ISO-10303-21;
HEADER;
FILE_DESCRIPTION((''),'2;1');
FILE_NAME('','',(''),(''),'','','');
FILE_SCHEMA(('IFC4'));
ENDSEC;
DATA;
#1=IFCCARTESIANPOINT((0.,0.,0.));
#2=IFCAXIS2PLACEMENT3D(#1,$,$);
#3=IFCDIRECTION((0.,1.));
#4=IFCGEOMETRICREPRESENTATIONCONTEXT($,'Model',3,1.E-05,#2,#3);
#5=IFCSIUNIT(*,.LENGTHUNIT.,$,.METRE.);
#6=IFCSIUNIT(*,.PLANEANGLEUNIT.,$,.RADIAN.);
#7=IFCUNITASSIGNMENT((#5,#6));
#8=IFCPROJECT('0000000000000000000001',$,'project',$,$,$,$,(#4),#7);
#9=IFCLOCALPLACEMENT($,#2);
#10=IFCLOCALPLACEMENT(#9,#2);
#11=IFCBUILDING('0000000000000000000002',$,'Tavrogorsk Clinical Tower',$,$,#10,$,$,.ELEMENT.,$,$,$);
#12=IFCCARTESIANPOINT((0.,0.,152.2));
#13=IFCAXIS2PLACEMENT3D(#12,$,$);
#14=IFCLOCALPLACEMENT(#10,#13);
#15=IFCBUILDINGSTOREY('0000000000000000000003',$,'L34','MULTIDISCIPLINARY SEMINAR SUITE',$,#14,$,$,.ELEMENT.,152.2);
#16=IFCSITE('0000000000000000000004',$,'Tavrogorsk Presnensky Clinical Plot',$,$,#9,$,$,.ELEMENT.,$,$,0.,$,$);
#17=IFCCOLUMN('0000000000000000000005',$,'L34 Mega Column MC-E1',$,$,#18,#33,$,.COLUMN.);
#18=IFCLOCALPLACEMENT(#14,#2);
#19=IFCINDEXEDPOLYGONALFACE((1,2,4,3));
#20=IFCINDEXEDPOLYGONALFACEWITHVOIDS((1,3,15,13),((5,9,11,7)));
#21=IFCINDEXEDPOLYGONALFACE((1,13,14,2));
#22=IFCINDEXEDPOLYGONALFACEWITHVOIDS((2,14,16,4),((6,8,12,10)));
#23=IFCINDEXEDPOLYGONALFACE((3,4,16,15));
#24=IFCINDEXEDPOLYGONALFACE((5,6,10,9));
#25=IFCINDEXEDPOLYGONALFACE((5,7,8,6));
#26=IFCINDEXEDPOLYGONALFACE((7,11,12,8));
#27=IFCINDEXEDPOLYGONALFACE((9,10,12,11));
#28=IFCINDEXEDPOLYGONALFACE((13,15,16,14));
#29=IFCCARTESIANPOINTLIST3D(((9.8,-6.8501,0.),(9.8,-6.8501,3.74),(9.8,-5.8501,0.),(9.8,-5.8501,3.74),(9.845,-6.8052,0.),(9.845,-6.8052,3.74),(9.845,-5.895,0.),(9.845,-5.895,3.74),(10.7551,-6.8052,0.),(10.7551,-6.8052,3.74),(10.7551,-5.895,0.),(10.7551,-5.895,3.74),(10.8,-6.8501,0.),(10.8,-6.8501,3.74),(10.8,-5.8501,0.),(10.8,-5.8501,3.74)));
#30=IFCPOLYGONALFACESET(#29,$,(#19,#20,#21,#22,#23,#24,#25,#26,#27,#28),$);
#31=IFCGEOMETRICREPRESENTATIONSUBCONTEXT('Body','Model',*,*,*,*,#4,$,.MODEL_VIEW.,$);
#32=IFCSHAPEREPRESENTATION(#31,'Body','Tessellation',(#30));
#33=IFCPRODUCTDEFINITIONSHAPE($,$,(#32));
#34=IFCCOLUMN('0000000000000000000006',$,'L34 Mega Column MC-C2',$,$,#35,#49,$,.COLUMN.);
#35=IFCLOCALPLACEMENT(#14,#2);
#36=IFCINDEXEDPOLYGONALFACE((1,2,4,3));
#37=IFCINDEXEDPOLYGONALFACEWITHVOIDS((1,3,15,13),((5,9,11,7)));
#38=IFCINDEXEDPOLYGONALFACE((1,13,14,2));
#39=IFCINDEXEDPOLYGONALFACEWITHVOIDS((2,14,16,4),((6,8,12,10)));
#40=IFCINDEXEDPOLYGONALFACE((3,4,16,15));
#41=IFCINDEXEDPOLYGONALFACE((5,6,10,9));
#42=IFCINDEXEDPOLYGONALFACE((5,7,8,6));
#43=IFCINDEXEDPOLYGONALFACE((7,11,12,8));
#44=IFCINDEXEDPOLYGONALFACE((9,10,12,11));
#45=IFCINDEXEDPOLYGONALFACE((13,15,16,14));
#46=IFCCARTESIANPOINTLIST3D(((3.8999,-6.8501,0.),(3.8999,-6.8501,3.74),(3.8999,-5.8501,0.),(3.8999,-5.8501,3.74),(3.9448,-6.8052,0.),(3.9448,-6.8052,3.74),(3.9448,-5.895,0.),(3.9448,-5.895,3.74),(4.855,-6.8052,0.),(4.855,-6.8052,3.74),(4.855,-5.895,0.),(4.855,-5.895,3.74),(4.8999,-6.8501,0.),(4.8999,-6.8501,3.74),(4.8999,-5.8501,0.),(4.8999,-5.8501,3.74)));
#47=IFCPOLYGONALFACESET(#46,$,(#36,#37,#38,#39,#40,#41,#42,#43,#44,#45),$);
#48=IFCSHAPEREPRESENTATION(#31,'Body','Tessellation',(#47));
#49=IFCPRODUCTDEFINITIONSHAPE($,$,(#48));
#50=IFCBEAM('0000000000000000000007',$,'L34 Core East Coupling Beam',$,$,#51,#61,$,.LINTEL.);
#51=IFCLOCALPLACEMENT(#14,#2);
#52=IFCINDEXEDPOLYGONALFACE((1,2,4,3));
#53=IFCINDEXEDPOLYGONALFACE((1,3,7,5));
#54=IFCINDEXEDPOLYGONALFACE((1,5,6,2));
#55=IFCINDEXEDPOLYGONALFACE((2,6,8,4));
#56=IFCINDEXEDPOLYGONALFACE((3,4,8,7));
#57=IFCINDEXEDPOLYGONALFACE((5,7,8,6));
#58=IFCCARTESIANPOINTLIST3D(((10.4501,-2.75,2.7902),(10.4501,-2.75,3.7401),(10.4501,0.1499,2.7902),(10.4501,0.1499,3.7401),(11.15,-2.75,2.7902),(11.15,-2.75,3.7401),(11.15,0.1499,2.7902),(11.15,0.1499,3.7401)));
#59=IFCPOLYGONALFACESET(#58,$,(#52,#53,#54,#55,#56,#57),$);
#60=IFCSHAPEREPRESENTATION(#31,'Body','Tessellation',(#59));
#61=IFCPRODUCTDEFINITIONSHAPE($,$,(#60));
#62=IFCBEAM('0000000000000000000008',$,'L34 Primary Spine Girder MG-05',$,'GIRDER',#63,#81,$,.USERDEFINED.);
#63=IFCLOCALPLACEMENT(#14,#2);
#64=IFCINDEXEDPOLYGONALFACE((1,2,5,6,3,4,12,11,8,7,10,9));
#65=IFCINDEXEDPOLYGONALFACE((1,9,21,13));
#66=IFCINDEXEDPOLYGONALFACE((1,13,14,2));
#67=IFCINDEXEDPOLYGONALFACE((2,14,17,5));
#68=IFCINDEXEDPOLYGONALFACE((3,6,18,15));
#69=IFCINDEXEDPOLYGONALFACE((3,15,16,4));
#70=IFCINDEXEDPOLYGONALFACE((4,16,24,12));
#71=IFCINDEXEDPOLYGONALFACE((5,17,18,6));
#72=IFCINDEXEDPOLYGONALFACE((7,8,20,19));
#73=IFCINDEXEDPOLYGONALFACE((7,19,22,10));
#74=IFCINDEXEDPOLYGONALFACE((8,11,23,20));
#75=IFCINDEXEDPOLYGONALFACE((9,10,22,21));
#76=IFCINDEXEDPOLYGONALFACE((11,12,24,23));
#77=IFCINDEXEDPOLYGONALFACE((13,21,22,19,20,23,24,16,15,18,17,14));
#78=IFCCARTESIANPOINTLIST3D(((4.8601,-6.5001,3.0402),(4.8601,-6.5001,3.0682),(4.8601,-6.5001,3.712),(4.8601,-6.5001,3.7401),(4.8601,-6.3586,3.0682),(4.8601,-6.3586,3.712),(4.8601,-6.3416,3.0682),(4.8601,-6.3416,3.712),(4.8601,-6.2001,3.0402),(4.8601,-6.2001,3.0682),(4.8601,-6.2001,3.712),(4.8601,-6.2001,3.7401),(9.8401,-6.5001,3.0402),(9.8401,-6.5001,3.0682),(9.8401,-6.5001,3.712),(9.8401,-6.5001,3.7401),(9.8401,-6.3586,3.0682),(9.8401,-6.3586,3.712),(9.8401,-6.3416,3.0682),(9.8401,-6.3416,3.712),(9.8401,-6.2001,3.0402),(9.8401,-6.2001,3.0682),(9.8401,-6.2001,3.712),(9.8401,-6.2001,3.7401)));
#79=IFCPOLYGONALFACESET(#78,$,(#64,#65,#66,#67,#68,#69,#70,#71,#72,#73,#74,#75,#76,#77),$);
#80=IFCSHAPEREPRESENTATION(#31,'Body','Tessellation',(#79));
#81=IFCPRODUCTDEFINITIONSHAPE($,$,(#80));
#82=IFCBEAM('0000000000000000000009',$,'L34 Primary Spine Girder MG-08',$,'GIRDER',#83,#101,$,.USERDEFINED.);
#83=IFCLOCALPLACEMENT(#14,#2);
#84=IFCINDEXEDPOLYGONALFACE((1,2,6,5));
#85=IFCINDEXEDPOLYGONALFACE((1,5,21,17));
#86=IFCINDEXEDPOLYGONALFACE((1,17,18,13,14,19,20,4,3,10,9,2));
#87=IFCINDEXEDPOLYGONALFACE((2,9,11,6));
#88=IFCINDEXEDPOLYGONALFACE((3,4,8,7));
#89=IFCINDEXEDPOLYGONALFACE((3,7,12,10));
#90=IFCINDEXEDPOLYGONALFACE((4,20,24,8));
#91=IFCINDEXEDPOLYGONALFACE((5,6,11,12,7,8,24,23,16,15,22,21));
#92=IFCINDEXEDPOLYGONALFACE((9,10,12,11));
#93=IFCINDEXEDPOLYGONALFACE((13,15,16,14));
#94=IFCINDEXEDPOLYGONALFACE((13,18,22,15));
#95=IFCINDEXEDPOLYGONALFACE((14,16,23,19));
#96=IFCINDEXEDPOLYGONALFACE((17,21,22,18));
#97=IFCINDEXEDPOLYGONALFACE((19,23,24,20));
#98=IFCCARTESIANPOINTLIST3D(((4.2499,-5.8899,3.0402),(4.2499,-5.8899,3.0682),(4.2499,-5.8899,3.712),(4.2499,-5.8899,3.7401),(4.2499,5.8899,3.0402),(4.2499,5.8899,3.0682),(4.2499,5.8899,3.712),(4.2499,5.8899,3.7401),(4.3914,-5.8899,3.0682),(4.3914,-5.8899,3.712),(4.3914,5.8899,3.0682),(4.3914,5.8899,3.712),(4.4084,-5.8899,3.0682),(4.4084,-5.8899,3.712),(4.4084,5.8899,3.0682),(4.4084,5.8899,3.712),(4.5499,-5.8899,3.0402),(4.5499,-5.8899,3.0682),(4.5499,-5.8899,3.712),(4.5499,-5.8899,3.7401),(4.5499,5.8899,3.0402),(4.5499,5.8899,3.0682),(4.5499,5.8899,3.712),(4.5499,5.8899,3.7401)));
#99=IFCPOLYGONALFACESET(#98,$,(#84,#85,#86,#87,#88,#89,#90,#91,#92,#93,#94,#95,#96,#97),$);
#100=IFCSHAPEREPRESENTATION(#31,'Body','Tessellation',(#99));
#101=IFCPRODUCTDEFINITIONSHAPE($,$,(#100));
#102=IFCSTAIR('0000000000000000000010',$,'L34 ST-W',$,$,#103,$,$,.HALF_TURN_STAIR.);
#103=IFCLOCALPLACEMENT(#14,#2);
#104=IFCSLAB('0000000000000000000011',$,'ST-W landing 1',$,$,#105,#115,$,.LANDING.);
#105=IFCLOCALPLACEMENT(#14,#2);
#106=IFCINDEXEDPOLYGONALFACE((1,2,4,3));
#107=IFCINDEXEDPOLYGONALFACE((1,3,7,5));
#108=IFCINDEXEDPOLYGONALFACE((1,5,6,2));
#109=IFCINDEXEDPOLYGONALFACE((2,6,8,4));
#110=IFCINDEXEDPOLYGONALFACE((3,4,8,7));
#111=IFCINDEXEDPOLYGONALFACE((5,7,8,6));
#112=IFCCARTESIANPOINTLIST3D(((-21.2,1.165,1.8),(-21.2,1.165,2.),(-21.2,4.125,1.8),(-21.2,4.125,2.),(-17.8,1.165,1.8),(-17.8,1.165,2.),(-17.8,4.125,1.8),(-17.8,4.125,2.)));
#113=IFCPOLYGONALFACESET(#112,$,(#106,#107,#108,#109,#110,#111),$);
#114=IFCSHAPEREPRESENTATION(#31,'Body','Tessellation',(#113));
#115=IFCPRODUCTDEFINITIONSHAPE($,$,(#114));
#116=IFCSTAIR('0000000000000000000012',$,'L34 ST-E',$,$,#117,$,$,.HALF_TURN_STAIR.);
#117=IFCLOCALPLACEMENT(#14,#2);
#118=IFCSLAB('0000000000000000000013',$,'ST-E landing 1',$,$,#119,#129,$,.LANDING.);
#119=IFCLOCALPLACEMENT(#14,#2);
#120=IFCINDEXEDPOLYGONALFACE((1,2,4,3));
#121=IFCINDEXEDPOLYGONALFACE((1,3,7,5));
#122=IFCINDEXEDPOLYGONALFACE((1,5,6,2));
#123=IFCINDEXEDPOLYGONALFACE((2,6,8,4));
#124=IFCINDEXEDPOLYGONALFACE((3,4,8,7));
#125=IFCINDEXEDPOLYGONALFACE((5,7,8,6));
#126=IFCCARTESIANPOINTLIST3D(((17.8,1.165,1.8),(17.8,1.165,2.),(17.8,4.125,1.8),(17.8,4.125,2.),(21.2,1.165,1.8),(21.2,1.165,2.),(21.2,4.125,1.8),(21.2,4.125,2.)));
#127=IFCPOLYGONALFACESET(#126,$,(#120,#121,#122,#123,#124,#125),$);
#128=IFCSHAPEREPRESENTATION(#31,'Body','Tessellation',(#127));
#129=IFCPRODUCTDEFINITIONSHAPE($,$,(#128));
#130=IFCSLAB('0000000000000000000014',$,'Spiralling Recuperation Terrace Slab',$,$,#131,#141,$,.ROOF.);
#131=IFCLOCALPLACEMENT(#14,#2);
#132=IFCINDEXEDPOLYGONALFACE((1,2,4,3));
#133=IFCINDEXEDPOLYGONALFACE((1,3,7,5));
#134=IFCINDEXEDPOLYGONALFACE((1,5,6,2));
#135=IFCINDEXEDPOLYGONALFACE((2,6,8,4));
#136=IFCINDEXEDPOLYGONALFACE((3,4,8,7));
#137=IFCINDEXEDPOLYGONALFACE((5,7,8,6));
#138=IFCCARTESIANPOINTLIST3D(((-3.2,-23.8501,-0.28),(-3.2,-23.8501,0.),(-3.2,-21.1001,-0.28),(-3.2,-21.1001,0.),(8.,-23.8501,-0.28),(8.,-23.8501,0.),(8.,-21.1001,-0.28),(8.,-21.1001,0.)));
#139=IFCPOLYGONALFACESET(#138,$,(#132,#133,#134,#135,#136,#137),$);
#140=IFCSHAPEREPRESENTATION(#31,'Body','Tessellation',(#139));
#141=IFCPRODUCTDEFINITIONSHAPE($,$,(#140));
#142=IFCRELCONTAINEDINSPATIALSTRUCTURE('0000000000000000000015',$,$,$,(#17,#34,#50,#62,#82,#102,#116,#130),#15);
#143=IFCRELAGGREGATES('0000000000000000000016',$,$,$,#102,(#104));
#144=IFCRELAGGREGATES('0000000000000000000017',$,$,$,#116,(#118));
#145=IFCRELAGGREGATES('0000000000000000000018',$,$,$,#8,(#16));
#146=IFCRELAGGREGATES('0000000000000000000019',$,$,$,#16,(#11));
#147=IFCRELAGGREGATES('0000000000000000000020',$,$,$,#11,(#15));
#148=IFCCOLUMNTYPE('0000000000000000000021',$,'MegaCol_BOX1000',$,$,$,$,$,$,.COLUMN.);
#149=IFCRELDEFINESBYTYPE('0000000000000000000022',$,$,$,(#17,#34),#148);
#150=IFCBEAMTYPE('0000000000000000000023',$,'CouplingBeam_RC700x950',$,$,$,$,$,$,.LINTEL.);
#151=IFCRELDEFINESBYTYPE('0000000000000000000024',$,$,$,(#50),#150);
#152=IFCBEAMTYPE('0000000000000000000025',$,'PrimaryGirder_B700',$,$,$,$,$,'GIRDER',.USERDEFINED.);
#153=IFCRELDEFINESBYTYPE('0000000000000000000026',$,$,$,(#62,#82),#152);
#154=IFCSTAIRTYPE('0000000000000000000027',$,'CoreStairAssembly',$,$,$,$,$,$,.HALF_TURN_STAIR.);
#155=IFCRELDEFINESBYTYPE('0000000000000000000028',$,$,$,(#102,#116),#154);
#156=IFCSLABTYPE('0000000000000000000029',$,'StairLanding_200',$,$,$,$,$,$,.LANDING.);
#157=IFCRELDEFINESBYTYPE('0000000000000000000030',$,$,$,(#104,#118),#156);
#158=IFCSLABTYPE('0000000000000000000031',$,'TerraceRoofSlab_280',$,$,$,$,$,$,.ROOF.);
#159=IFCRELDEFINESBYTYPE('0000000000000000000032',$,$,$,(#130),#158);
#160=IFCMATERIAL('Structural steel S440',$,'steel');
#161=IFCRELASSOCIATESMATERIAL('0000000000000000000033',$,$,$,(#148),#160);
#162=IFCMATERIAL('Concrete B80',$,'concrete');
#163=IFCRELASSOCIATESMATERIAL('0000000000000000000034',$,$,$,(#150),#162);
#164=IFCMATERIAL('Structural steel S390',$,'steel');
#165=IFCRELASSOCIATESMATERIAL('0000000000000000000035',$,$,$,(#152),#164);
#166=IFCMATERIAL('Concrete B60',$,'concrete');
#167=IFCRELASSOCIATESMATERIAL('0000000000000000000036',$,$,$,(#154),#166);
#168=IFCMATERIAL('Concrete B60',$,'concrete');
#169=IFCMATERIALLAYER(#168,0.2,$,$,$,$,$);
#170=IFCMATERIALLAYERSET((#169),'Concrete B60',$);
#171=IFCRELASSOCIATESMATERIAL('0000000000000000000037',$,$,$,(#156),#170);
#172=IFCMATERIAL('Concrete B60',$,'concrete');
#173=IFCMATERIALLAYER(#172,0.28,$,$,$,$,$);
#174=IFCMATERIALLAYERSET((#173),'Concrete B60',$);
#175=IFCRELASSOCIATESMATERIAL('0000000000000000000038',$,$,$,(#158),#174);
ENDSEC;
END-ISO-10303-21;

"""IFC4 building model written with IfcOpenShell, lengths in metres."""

from ifc_helpers import new_model, si_unit, direction, frame, origin, origin_2d, place, context, subcontext, project, spatial, polyline, rectangle, hollow_rectangle, i_section, outline, extrude, material, layer, layer_set, material_profile, profile_set, type_object, element, aggregate, save


model = new_model("IFC4")

# Units and contexts
model_context = context("Model", 3, precision=1e-05, world=origin(), true_north=direction((0.0, 1.0)))
body_context = subcontext(model_context, "Body", "Model", "MODEL_VIEW")
ifc_project = project(units=[si_unit("LENGTHUNIT", "METRE"), si_unit("PLANEANGLEUNIT", "RADIAN")], contexts=[model_context])

# Site, building, storey
site_placement = place(None, origin())
site = spatial("IfcSite", under=ifc_project, at=site_placement, Name="Tavrogorsk Presnensky Clinical Plot", CompositionType="ELEMENT", RefElevation=0.0)
building_placement = place(site_placement, origin())
building = spatial("IfcBuilding", under=site, at=building_placement, Name="Tavrogorsk Clinical Tower", CompositionType="ELEMENT")
storey_placement = place(building_placement, frame((0.0, 0.0, 152.2)))
storey = spatial("IfcBuildingStorey", under=building, at=storey_placement, Name="L34", Description="MULTIDISCIPLINARY SEMINAR SUITE", CompositionType="ELEMENT", Elevation=152.2)

# Columns
ifc_material_1 = material(Name="Structural steel S440", Category="steel")
ifc_material_profile_1 = material_profile(ifc_material_1, hollow_rectangle(XDim=1.0, YDim=1.0, WallThickness=0.0449, at=origin_2d()), Name="BOX-1000x1000x45")
ifc_profile_set_1 = profile_set([ifc_material_profile_1], Name="Structural steel S440")
column_type = type_object("IfcColumnType", Name="MegaCol_BOX1000", PredefinedType="COLUMN", material=ifc_profile_set_1)
for number, where, z_axis, x_axis, name in (
    (1, (10.3, -6.3501, 0.0), (0.0, 0.0, 1.0), (1.0, 0.0, 0.0), "L34 Mega Column MC-E1"),
    (2, (4.3999, -6.3501, 0.0), (0.0, 0.0, 1.0), (1.0, 0.0, 0.0), "L34 Mega Column MC-C2"),
):
    element("IfcColumn", number, at=place(storey_placement, frame(where, z_axis=z_axis, x_axis=x_axis)), inside=storey, type_object=column_type, Name=name, PredefinedType="COLUMN", context=body_context, shape_type="SweptSolid", body=[
        extrude(hollow_rectangle(XDim=1.0, YDim=1.0, WallThickness=0.0449, at=origin_2d()), origin(), (0.0, 0.0, 1.0), 3.74),
    ])

# Beams
ifc_material_2 = material(Name="Concrete B80", Category="concrete")
ifc_material_profile_2 = material_profile(ifc_material_2, rectangle(XDim=0.7, YDim=0.95, at=origin_2d()), Name="RC-CB-700x950")
ifc_profile_set_2 = profile_set([ifc_material_profile_2], Name="Concrete B80")
beam_type_1 = type_object("IfcBeamType", Name="CouplingBeam_RC700x950", PredefinedType="LINTEL", material=ifc_profile_set_2)
beam_1_placement = place(storey_placement, frame((10.8, -2.75, 3.2651), z_axis=(0.0, 1.0, 0.0), x_axis=(-1.0, 0.0, 0.0)))
element("IfcBeam", 3, at=beam_1_placement, inside=storey, type_object=beam_type_1, Name="L34 Core East Coupling Beam", PredefinedType="LINTEL", context=body_context, shape_type="SweptSolid", body=[
    extrude(rectangle(XDim=0.7, YDim=0.95, at=origin_2d()), origin(), (0.0, 0.0, 1.0), 2.8999),
])
ifc_material_3 = material(Name="Structural steel S390", Category="steel")
ifc_material_profile_3 = material_profile(ifc_material_3, i_section(OverallWidth=0.3, OverallDepth=0.7, WebThickness=0.0171, FlangeThickness=0.0281, at=origin_2d()), Name="B-700x300x17x28")
ifc_profile_set_3 = profile_set([ifc_material_profile_3], Name="Structural steel S390")
beam_type_2 = type_object("IfcBeamType", Name="PrimaryGirder_B700", ElementType="GIRDER", PredefinedType="USERDEFINED", material=ifc_profile_set_3)
beam_2_placement = place(storey_placement, frame((4.8601, -6.3501, 3.3901), z_axis=(1.0, 0.0, 0.0), x_axis=(0.0, 1.0, 0.0)))
element("IfcBeam", 4, at=beam_2_placement, inside=storey, type_object=beam_type_2, Name="L34 Primary Spine Girder MG-05", ObjectType="GIRDER", PredefinedType="USERDEFINED", context=body_context, shape_type="SweptSolid", body=[
    extrude(i_section(OverallWidth=0.3, OverallDepth=0.7, WebThickness=0.0171, FlangeThickness=0.0281, at=origin_2d()), origin(), (0.0, 0.0, 1.0), 4.98),
])
beam_3_placement = place(storey_placement, frame((4.3999, -5.8899, 3.3901), z_axis=(0.0, 1.0, 0.0), x_axis=(-1.0, 0.0, 0.0)))
element("IfcBeam", 5, at=beam_3_placement, inside=storey, type_object=beam_type_2, Name="L34 Primary Spine Girder MG-08", ObjectType="GIRDER", PredefinedType="USERDEFINED", context=body_context, shape_type="SweptSolid", body=[
    extrude(i_section(OverallWidth=0.3, OverallDepth=0.7, WebThickness=0.0171, FlangeThickness=0.0281, at=origin_2d()), origin(), (0.0, 0.0, 1.0), 11.7798),
])

# Stairs, slabs
ifc_material_4 = material(Name="Concrete B60", Category="concrete")
stair_type = type_object("IfcStairType", Name="CoreStairAssembly", PredefinedType="HALF_TURN_STAIR", material=ifc_material_4)
stair_1_placement = place(storey_placement, origin())
stair_1 = element("IfcStair", 6, at=stair_1_placement, inside=storey, type_object=stair_type, Name="L34 ST-W", PredefinedType="HALF_TURN_STAIR")
ifc_material_5 = material(Name="Concrete B60", Category="concrete")
ifc_layer_1 = layer(ifc_material_5, 0.2)
ifc_layer_set_1 = layer_set([ifc_layer_1], Name="Concrete B60")
slab_type_1 = type_object("IfcSlabType", Name="StairLanding_200", PredefinedType="LANDING", material=ifc_layer_set_1)
slab_1_placement = place(storey_placement, frame((0.0, 0.0, 1.8)))
slab_1 = element("IfcSlab", 7, at=slab_1_placement, type_object=slab_type_1, Name="ST-W landing 1", PredefinedType="LANDING", context=body_context, shape_type="SweptSolid", body=[
    extrude(outline(polyline([(-17.8, 1.165), (-17.8, 4.125), (-21.2, 4.125), (-21.2, 1.165), (-17.8, 1.165)])), origin(), (0.0, 0.0, 1.0), 0.2),
])
aggregate(stair_1, [slab_1])
stair_2_placement = place(storey_placement, origin())
stair_2 = element("IfcStair", 8, at=stair_2_placement, inside=storey, type_object=stair_type, Name="L34 ST-E", PredefinedType="HALF_TURN_STAIR")
slab_2_placement = place(storey_placement, frame((0.0, 0.0, 1.8)))
slab_2 = element("IfcSlab", 9, at=slab_2_placement, type_object=slab_type_1, Name="ST-E landing 1", PredefinedType="LANDING", context=body_context, shape_type="SweptSolid", body=[
    extrude(outline(polyline([(21.2, 1.165), (21.2, 4.125), (17.8, 4.125), (17.8, 1.165), (21.2, 1.165)])), origin(), (0.0, 0.0, 1.0), 0.2),
])
aggregate(stair_2, [slab_2])

# Slab
ifc_material_6 = material(Name="Concrete B60", Category="concrete")
ifc_layer_2 = layer(ifc_material_6, 0.28)
ifc_layer_set_2 = layer_set([ifc_layer_2], Name="Concrete B60")
slab_type_2 = type_object("IfcSlabType", Name="TerraceRoofSlab_280", PredefinedType="ROOF", material=ifc_layer_set_2)
slab_3_placement = place(storey_placement, frame((0.0, 0.0, -0.28)))
element("IfcSlab", 10, at=slab_3_placement, inside=storey, type_object=slab_type_2, Name="Spiralling Recuperation Terrace Slab", PredefinedType="ROOF", context=body_context, shape_type="SweptSolid", body=[
    extrude(outline(polyline([(8.0, -23.8501), (-3.2, -23.8501), (-3.2, -21.1001), (8.0, -21.1001), (8.0, -23.8501)])), origin(), (0.0, 0.0, 1.0), 0.28),
])

save(model, "model.ifc")
